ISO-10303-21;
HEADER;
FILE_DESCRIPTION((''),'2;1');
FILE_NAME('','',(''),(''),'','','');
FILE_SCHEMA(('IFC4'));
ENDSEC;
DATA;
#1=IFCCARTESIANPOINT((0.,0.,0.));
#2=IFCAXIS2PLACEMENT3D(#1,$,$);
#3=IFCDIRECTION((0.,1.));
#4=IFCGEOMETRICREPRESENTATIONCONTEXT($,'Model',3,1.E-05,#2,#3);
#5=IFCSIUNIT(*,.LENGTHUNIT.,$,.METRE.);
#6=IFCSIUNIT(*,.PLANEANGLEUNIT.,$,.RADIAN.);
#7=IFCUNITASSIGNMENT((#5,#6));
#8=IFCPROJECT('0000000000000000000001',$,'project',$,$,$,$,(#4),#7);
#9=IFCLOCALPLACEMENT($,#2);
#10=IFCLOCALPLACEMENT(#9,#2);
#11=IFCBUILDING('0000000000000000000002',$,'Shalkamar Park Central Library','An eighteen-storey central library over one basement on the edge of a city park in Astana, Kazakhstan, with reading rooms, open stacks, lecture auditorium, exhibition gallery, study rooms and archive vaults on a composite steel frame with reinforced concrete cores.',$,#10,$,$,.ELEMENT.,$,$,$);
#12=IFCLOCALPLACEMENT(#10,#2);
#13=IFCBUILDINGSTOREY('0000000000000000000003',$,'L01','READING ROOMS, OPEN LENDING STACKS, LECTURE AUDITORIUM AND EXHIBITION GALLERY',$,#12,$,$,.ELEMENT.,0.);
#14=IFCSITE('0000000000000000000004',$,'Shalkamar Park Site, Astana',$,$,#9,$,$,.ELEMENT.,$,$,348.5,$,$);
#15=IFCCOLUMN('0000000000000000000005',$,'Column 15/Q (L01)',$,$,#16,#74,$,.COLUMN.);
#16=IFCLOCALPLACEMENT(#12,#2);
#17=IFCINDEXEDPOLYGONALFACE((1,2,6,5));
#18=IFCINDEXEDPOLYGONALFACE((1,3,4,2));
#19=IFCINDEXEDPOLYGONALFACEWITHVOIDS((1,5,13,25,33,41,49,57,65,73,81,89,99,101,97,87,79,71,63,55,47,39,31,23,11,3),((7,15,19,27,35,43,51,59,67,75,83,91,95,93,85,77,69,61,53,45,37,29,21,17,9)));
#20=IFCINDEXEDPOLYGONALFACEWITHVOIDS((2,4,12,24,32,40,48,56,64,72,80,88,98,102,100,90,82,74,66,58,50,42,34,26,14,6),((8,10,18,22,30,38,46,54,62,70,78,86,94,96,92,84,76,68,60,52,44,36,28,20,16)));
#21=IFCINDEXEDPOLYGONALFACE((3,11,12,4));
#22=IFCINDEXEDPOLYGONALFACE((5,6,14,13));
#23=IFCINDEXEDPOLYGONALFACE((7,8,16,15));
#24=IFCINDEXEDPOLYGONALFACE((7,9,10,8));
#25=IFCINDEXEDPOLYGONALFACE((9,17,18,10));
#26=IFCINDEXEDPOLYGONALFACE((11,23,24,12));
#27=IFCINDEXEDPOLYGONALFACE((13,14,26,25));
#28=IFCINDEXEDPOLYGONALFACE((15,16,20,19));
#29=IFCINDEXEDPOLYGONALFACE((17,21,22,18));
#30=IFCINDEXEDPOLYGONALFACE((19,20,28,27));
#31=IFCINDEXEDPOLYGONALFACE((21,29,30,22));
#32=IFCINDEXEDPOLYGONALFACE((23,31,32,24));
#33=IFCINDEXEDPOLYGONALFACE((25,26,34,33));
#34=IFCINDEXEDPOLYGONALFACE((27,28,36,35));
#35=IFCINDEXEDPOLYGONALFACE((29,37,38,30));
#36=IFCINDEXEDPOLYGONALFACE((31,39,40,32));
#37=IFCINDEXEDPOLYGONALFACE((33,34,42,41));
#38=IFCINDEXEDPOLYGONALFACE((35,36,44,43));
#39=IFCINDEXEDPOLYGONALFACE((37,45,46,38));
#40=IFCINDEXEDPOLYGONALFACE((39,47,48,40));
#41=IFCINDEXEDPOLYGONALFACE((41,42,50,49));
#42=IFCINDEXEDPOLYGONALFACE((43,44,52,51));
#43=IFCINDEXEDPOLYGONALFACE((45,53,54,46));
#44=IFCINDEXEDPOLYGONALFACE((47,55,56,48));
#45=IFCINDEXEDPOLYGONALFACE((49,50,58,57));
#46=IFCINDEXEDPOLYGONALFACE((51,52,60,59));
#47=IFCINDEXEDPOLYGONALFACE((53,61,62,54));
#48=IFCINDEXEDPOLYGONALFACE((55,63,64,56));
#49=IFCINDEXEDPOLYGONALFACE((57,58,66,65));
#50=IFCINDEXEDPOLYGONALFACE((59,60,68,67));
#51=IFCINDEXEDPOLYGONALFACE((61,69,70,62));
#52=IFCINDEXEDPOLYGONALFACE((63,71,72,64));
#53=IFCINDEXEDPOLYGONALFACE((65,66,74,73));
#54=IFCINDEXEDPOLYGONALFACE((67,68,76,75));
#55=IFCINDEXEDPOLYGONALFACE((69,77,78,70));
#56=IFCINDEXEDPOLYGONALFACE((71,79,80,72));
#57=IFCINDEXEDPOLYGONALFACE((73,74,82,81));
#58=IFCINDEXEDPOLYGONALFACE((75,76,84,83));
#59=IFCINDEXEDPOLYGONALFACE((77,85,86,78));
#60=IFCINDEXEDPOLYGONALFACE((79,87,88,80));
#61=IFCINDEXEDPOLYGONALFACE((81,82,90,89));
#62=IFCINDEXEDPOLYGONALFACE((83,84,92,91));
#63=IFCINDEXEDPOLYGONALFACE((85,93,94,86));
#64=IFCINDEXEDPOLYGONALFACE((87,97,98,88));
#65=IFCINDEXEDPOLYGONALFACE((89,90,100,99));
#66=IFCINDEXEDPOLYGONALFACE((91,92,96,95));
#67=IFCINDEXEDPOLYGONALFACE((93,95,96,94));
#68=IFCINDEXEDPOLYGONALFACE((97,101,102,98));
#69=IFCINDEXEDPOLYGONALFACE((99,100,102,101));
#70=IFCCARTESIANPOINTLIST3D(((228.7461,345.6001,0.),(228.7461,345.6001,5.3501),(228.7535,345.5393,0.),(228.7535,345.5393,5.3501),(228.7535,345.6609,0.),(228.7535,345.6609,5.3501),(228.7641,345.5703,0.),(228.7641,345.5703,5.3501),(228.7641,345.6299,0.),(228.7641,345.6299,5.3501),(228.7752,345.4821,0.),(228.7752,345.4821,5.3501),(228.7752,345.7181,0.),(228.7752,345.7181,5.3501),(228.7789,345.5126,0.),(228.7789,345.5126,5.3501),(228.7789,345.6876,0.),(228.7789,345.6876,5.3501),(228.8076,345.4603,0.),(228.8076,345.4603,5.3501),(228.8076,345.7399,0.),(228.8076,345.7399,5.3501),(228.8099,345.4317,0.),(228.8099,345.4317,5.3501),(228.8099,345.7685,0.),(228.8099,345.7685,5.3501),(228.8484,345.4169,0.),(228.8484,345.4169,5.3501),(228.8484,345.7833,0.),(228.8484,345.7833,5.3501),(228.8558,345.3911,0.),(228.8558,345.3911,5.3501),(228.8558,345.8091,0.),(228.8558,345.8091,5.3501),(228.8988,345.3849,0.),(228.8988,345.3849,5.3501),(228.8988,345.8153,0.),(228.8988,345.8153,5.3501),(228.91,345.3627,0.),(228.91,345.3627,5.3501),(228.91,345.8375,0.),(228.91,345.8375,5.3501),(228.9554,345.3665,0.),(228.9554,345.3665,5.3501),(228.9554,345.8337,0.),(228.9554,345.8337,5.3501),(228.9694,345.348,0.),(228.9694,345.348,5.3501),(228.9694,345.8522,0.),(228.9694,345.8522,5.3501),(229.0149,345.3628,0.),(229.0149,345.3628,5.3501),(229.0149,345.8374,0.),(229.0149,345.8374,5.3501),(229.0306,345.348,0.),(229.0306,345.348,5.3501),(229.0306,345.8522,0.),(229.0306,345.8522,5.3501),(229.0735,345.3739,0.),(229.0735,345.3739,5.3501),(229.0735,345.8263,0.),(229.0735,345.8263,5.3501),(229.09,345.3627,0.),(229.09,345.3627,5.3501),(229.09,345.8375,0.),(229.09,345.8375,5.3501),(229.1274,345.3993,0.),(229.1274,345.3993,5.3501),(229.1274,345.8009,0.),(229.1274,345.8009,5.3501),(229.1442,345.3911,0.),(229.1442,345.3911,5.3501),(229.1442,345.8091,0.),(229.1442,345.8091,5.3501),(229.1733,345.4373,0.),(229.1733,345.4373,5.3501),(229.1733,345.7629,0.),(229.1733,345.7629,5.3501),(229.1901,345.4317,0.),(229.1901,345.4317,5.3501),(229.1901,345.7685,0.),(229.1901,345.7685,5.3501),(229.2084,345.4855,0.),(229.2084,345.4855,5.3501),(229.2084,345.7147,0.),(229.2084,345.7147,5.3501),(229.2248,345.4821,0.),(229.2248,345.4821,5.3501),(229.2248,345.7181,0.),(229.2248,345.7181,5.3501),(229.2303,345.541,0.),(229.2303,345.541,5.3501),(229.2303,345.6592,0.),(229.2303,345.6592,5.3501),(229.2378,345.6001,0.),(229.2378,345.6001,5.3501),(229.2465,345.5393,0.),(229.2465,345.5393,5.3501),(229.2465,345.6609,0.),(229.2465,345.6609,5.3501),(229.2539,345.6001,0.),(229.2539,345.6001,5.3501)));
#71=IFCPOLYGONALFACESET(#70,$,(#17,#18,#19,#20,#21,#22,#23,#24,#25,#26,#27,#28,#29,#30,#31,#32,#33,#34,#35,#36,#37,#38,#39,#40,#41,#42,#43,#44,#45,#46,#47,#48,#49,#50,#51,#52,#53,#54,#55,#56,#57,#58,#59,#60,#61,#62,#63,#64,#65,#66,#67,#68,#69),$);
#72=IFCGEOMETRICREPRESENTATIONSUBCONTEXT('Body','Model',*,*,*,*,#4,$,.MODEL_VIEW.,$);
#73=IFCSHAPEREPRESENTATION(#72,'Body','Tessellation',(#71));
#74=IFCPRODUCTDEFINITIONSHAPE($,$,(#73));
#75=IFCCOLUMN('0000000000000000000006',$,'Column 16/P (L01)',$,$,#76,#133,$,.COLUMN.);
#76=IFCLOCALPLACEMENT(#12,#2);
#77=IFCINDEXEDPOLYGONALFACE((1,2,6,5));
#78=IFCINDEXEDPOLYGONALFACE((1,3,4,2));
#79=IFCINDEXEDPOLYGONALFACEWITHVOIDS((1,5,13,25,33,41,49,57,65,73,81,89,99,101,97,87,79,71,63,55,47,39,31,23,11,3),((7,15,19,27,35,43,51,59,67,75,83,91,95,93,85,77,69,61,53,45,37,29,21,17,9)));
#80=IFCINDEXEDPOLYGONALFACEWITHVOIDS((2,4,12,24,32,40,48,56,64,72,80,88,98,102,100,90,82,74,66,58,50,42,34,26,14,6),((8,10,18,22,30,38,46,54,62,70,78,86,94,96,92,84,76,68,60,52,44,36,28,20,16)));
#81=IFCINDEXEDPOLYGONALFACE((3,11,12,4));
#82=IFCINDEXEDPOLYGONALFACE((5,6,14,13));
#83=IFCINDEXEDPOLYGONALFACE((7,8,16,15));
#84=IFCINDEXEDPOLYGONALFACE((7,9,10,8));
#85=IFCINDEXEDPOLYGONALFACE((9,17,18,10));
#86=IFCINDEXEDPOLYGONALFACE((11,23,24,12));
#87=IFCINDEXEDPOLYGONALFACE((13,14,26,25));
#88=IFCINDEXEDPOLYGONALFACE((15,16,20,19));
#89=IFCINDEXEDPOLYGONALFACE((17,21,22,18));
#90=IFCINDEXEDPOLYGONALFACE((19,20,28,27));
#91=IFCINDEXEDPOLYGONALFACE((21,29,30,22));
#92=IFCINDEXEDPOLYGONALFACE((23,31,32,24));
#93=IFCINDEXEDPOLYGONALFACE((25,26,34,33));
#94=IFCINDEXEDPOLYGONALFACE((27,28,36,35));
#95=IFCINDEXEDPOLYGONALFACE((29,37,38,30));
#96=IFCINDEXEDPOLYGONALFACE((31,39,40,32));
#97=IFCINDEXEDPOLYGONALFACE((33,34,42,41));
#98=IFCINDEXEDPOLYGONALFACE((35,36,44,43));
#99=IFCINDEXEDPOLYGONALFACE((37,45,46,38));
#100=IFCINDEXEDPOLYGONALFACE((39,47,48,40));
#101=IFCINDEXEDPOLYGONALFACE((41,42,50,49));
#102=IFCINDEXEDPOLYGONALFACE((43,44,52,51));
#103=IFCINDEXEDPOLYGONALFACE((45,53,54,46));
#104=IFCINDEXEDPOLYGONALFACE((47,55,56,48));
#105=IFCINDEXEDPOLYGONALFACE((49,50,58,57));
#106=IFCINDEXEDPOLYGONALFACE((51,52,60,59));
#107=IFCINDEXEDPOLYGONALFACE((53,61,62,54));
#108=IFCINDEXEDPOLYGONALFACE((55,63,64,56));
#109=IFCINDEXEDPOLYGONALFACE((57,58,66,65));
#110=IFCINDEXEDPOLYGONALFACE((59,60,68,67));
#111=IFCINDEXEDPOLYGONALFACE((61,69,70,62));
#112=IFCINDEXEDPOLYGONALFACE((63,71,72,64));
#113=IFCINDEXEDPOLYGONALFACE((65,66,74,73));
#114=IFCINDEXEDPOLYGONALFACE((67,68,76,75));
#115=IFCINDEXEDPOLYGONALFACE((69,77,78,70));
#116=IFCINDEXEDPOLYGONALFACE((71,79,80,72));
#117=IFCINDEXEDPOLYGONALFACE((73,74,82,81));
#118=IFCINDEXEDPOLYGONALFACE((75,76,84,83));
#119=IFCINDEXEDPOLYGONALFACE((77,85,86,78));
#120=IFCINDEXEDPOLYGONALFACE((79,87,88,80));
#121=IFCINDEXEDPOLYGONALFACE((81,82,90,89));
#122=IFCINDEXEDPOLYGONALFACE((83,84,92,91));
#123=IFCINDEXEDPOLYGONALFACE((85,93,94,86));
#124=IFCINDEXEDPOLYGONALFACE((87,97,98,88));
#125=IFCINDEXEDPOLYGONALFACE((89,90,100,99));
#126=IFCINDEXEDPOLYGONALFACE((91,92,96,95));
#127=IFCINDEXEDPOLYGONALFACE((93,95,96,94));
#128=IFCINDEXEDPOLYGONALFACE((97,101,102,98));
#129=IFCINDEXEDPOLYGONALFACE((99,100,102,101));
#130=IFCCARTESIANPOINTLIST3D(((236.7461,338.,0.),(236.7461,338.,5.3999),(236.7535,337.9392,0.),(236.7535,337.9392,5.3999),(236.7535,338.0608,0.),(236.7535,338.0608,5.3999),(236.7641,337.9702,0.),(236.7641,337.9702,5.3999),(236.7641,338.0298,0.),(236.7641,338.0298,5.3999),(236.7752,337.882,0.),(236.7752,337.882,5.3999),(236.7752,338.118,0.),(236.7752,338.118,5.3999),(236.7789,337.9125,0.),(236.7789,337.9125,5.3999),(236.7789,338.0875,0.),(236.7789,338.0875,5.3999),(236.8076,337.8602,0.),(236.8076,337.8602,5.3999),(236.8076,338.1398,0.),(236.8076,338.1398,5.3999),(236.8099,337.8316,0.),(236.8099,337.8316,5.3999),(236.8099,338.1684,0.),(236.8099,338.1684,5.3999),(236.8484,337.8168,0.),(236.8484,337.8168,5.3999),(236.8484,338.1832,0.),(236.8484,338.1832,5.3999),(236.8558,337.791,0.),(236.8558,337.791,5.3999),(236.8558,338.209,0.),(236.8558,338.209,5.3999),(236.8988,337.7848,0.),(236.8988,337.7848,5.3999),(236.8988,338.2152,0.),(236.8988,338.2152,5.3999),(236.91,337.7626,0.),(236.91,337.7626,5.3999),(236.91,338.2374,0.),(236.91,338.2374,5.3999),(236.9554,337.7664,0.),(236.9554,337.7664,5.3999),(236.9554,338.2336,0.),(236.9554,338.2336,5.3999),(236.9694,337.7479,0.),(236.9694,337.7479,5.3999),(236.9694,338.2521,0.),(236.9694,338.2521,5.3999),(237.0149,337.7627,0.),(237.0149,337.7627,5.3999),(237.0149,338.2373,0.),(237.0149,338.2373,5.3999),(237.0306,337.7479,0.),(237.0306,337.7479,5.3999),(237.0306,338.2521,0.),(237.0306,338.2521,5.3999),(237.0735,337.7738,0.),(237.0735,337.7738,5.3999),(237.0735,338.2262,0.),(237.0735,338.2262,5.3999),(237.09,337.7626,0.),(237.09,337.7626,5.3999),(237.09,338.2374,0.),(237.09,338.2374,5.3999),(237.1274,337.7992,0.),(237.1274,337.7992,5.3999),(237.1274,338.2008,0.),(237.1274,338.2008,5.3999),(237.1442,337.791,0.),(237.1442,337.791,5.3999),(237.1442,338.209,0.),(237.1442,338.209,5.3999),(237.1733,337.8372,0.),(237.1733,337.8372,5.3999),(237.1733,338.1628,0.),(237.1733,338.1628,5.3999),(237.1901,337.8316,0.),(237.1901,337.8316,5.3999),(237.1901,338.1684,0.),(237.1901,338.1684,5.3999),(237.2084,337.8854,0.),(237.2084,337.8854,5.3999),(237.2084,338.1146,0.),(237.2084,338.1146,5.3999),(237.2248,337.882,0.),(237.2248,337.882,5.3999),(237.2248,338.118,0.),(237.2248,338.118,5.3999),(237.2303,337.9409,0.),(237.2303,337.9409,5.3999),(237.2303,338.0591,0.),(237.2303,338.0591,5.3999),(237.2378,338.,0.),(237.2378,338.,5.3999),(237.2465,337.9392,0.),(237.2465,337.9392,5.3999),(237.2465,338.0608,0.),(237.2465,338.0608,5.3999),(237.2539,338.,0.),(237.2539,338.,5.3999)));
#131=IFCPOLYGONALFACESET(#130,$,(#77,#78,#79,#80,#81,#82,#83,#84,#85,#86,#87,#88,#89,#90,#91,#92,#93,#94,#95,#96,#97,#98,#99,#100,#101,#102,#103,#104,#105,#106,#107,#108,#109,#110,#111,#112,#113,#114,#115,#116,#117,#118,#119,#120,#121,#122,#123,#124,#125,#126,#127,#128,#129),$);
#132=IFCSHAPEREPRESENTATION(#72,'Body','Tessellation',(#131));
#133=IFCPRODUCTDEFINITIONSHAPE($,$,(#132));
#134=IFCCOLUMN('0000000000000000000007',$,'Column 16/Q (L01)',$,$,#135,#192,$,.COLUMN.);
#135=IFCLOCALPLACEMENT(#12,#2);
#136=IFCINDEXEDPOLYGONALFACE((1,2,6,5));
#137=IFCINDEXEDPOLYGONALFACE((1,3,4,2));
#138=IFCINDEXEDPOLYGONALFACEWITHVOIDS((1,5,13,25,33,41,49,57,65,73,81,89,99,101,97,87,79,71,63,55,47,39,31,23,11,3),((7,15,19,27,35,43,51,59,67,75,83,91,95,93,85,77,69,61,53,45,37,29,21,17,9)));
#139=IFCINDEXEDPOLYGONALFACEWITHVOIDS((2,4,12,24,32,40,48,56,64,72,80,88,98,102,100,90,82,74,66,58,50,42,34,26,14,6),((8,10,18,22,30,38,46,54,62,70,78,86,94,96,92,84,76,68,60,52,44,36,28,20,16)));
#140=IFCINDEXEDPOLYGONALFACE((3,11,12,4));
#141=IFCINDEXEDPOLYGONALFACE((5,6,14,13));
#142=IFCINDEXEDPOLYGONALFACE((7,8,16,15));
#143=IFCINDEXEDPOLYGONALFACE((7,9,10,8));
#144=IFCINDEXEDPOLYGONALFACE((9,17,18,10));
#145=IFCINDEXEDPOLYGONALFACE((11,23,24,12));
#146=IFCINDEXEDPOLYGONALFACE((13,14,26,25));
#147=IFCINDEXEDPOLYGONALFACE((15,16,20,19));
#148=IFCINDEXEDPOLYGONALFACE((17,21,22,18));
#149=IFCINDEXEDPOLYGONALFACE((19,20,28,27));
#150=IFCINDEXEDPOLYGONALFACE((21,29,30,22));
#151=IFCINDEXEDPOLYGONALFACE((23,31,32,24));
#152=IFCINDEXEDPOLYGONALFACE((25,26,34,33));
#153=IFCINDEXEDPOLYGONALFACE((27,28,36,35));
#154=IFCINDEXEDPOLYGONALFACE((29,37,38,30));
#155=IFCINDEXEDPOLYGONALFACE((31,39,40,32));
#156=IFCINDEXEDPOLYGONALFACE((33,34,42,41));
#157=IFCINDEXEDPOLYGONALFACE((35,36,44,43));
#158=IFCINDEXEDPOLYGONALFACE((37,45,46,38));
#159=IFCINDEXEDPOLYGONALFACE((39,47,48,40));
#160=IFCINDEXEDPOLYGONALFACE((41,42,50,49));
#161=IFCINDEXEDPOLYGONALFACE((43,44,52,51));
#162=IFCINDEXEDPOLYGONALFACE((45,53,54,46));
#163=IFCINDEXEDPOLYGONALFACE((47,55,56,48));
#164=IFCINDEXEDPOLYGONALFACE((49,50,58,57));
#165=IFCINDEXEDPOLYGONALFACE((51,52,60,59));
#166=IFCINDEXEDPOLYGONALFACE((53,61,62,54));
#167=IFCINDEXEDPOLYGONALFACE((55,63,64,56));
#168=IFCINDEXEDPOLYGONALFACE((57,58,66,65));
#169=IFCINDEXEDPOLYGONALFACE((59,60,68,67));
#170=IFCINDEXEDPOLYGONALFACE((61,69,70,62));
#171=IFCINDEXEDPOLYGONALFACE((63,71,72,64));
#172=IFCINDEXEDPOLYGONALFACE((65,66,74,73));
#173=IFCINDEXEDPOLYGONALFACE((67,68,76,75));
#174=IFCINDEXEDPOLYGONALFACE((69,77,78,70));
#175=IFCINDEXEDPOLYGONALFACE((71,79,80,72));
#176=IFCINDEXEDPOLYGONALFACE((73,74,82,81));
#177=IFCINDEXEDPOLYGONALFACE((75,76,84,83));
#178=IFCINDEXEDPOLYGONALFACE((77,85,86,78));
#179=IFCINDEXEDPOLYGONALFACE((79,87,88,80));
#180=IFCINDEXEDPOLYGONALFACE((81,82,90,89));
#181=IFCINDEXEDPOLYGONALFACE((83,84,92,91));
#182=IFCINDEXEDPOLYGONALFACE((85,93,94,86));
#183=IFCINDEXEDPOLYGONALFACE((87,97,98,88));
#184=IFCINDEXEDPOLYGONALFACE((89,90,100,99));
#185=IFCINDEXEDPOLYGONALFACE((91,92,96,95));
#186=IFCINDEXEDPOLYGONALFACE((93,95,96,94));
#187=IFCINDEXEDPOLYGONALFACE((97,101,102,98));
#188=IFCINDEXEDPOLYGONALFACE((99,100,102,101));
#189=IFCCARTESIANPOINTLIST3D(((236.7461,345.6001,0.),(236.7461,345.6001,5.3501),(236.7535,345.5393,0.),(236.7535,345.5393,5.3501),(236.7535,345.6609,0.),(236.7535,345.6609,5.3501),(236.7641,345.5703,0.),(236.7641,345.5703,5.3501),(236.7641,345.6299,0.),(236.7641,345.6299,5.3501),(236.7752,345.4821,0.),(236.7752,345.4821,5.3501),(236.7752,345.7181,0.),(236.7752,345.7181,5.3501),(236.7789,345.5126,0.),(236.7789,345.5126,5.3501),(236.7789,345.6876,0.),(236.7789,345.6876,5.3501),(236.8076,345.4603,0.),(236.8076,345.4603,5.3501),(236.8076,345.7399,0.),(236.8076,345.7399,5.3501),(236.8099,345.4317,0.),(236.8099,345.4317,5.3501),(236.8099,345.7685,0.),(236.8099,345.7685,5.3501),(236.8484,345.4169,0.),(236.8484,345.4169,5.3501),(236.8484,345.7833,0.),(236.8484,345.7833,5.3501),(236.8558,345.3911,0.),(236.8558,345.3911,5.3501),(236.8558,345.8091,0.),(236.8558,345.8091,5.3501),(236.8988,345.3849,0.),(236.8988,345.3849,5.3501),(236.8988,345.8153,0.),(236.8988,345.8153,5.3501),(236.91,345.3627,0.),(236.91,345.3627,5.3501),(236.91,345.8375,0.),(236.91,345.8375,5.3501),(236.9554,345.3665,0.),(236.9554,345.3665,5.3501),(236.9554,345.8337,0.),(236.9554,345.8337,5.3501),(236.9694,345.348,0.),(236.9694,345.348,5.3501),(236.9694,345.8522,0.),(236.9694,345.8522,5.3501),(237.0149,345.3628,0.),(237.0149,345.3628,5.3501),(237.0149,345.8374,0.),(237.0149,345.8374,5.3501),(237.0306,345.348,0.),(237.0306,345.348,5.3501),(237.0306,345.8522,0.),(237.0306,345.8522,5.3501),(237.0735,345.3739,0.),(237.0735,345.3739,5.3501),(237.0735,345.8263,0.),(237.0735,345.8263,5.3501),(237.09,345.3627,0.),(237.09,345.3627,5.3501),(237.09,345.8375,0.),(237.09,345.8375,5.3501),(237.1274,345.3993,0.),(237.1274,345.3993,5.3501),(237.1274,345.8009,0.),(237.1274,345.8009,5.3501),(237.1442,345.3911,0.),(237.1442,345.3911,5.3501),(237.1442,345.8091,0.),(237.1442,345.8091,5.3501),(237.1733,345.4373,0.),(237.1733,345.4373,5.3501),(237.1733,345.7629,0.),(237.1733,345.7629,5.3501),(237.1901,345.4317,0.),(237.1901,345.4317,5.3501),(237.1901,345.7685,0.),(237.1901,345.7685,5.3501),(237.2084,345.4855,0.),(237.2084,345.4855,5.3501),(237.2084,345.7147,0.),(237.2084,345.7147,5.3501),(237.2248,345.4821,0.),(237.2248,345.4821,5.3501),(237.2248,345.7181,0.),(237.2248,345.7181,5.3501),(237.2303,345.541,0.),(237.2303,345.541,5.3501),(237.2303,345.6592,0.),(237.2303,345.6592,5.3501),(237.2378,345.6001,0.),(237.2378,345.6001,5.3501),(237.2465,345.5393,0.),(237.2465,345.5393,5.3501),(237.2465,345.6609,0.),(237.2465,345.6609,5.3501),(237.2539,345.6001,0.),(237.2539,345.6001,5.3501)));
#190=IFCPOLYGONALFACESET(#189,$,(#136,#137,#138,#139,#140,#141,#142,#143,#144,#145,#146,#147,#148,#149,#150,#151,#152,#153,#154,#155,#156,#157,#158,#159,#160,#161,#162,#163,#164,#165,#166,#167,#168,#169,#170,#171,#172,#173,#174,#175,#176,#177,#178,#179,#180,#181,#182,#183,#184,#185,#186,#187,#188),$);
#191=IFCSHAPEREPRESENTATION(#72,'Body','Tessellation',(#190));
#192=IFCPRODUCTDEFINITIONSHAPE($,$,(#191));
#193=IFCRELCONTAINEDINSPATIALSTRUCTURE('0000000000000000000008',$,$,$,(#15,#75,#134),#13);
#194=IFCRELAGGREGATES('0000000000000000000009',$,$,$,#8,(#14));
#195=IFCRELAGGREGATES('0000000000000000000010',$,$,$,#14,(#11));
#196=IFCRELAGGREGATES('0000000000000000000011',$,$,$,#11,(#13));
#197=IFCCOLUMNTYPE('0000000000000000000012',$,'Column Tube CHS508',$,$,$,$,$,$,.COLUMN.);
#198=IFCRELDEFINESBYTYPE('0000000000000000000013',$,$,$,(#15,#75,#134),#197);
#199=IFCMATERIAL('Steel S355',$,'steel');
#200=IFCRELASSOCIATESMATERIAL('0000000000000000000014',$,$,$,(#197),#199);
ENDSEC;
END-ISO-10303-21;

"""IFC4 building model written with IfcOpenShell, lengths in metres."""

from ifc_helpers import new_model, si_unit, direction, frame, origin, origin_2d, place, context, subcontext, project, spatial, hollow_circle, extrude, material, material_profile, profile_set, type_object, element, save


model = new_model("IFC4")

# Units and contexts
model_context = context("Model", 3, precision=1e-05, world=origin(), true_north=direction((0.0, 1.0)))
body_context = subcontext(model_context, "Body", "Model", "MODEL_VIEW")
ifc_project = project(units=[si_unit("LENGTHUNIT", "METRE"), si_unit("PLANEANGLEUNIT", "RADIAN")], contexts=[model_context])

# Site, building, storey
site_placement = place(None, origin())
site = spatial("IfcSite", under=ifc_project, at=site_placement, Name="Shalkamar Park Site, Astana", CompositionType="ELEMENT", RefElevation=348.5)
building_placement = place(site_placement, origin())
building = spatial("IfcBuilding", under=site, at=building_placement, Name="Shalkamar Park Central Library", Description="An eighteen-storey central library over one basement on the edge of a city park in Astana, Kazakhstan, with reading rooms, open stacks, lecture auditorium, exhibition gallery, study rooms and archive vaults on a composite steel frame with reinforced concrete cores.", CompositionType="ELEMENT")
storey_placement = place(building_placement, origin())
storey = spatial("IfcBuildingStorey", under=building, at=storey_placement, Name="L01", Description="READING ROOMS, OPEN LENDING STACKS, LECTURE AUDITORIUM AND EXHIBITION GALLERY", CompositionType="ELEMENT", Elevation=0.0)

# Columns
ifc_material_1 = material(Name="Steel S355", Category="steel")
ifc_material_profile_1 = material_profile(ifc_material_1, hollow_circle(Radius=0.2539, WallThickness=0.0161, at=origin_2d()), Name="CHS 508x16")
ifc_profile_set_1 = profile_set([ifc_material_profile_1], Name="Steel S355")
column_type = type_object("IfcColumnType", Name="Column Tube CHS508", PredefinedType="COLUMN", material=ifc_profile_set_1)
column_1_placement = place(storey_placement, frame((229.0, 345.6001, 0.0), z_axis=(0.0, 0.0, 1.0), x_axis=(1.0, 0.0, 0.0)))
element("IfcColumn", 1, at=column_1_placement, inside=storey, type_object=column_type, Name="Column 15/Q (L01)", PredefinedType="COLUMN", context=body_context, shape_type="SweptSolid", body=[
    extrude(hollow_circle(Radius=0.2539, WallThickness=0.0161, at=origin_2d()), origin(), (0.0, 0.0, 1.0), 5.3501),
])
column_2_placement = place(storey_placement, frame((237.0, 338.0, 0.0), z_axis=(0.0, 0.0, 1.0), x_axis=(1.0, 0.0, 0.0)))
element("IfcColumn", 2, at=column_2_placement, inside=storey, type_object=column_type, Name="Column 16/P (L01)", PredefinedType="COLUMN", context=body_context, shape_type="SweptSolid", body=[
    extrude(hollow_circle(Radius=0.2539, WallThickness=0.0161, at=origin_2d()), origin(), (0.0, 0.0, 1.0), 5.3999),
])
column_3_placement = place(storey_placement, frame((237.0, 345.6001, 0.0), z_axis=(0.0, 0.0, 1.0), x_axis=(1.0, 0.0, 0.0)))
element("IfcColumn", 3, at=column_3_placement, inside=storey, type_object=column_type, Name="Column 16/Q (L01)", PredefinedType="COLUMN", context=body_context, shape_type="SweptSolid", body=[
    extrude(hollow_circle(Radius=0.2539, WallThickness=0.0161, at=origin_2d()), origin(), (0.0, 0.0, 1.0), 5.3501),
])

save(model, "model.ifc")
